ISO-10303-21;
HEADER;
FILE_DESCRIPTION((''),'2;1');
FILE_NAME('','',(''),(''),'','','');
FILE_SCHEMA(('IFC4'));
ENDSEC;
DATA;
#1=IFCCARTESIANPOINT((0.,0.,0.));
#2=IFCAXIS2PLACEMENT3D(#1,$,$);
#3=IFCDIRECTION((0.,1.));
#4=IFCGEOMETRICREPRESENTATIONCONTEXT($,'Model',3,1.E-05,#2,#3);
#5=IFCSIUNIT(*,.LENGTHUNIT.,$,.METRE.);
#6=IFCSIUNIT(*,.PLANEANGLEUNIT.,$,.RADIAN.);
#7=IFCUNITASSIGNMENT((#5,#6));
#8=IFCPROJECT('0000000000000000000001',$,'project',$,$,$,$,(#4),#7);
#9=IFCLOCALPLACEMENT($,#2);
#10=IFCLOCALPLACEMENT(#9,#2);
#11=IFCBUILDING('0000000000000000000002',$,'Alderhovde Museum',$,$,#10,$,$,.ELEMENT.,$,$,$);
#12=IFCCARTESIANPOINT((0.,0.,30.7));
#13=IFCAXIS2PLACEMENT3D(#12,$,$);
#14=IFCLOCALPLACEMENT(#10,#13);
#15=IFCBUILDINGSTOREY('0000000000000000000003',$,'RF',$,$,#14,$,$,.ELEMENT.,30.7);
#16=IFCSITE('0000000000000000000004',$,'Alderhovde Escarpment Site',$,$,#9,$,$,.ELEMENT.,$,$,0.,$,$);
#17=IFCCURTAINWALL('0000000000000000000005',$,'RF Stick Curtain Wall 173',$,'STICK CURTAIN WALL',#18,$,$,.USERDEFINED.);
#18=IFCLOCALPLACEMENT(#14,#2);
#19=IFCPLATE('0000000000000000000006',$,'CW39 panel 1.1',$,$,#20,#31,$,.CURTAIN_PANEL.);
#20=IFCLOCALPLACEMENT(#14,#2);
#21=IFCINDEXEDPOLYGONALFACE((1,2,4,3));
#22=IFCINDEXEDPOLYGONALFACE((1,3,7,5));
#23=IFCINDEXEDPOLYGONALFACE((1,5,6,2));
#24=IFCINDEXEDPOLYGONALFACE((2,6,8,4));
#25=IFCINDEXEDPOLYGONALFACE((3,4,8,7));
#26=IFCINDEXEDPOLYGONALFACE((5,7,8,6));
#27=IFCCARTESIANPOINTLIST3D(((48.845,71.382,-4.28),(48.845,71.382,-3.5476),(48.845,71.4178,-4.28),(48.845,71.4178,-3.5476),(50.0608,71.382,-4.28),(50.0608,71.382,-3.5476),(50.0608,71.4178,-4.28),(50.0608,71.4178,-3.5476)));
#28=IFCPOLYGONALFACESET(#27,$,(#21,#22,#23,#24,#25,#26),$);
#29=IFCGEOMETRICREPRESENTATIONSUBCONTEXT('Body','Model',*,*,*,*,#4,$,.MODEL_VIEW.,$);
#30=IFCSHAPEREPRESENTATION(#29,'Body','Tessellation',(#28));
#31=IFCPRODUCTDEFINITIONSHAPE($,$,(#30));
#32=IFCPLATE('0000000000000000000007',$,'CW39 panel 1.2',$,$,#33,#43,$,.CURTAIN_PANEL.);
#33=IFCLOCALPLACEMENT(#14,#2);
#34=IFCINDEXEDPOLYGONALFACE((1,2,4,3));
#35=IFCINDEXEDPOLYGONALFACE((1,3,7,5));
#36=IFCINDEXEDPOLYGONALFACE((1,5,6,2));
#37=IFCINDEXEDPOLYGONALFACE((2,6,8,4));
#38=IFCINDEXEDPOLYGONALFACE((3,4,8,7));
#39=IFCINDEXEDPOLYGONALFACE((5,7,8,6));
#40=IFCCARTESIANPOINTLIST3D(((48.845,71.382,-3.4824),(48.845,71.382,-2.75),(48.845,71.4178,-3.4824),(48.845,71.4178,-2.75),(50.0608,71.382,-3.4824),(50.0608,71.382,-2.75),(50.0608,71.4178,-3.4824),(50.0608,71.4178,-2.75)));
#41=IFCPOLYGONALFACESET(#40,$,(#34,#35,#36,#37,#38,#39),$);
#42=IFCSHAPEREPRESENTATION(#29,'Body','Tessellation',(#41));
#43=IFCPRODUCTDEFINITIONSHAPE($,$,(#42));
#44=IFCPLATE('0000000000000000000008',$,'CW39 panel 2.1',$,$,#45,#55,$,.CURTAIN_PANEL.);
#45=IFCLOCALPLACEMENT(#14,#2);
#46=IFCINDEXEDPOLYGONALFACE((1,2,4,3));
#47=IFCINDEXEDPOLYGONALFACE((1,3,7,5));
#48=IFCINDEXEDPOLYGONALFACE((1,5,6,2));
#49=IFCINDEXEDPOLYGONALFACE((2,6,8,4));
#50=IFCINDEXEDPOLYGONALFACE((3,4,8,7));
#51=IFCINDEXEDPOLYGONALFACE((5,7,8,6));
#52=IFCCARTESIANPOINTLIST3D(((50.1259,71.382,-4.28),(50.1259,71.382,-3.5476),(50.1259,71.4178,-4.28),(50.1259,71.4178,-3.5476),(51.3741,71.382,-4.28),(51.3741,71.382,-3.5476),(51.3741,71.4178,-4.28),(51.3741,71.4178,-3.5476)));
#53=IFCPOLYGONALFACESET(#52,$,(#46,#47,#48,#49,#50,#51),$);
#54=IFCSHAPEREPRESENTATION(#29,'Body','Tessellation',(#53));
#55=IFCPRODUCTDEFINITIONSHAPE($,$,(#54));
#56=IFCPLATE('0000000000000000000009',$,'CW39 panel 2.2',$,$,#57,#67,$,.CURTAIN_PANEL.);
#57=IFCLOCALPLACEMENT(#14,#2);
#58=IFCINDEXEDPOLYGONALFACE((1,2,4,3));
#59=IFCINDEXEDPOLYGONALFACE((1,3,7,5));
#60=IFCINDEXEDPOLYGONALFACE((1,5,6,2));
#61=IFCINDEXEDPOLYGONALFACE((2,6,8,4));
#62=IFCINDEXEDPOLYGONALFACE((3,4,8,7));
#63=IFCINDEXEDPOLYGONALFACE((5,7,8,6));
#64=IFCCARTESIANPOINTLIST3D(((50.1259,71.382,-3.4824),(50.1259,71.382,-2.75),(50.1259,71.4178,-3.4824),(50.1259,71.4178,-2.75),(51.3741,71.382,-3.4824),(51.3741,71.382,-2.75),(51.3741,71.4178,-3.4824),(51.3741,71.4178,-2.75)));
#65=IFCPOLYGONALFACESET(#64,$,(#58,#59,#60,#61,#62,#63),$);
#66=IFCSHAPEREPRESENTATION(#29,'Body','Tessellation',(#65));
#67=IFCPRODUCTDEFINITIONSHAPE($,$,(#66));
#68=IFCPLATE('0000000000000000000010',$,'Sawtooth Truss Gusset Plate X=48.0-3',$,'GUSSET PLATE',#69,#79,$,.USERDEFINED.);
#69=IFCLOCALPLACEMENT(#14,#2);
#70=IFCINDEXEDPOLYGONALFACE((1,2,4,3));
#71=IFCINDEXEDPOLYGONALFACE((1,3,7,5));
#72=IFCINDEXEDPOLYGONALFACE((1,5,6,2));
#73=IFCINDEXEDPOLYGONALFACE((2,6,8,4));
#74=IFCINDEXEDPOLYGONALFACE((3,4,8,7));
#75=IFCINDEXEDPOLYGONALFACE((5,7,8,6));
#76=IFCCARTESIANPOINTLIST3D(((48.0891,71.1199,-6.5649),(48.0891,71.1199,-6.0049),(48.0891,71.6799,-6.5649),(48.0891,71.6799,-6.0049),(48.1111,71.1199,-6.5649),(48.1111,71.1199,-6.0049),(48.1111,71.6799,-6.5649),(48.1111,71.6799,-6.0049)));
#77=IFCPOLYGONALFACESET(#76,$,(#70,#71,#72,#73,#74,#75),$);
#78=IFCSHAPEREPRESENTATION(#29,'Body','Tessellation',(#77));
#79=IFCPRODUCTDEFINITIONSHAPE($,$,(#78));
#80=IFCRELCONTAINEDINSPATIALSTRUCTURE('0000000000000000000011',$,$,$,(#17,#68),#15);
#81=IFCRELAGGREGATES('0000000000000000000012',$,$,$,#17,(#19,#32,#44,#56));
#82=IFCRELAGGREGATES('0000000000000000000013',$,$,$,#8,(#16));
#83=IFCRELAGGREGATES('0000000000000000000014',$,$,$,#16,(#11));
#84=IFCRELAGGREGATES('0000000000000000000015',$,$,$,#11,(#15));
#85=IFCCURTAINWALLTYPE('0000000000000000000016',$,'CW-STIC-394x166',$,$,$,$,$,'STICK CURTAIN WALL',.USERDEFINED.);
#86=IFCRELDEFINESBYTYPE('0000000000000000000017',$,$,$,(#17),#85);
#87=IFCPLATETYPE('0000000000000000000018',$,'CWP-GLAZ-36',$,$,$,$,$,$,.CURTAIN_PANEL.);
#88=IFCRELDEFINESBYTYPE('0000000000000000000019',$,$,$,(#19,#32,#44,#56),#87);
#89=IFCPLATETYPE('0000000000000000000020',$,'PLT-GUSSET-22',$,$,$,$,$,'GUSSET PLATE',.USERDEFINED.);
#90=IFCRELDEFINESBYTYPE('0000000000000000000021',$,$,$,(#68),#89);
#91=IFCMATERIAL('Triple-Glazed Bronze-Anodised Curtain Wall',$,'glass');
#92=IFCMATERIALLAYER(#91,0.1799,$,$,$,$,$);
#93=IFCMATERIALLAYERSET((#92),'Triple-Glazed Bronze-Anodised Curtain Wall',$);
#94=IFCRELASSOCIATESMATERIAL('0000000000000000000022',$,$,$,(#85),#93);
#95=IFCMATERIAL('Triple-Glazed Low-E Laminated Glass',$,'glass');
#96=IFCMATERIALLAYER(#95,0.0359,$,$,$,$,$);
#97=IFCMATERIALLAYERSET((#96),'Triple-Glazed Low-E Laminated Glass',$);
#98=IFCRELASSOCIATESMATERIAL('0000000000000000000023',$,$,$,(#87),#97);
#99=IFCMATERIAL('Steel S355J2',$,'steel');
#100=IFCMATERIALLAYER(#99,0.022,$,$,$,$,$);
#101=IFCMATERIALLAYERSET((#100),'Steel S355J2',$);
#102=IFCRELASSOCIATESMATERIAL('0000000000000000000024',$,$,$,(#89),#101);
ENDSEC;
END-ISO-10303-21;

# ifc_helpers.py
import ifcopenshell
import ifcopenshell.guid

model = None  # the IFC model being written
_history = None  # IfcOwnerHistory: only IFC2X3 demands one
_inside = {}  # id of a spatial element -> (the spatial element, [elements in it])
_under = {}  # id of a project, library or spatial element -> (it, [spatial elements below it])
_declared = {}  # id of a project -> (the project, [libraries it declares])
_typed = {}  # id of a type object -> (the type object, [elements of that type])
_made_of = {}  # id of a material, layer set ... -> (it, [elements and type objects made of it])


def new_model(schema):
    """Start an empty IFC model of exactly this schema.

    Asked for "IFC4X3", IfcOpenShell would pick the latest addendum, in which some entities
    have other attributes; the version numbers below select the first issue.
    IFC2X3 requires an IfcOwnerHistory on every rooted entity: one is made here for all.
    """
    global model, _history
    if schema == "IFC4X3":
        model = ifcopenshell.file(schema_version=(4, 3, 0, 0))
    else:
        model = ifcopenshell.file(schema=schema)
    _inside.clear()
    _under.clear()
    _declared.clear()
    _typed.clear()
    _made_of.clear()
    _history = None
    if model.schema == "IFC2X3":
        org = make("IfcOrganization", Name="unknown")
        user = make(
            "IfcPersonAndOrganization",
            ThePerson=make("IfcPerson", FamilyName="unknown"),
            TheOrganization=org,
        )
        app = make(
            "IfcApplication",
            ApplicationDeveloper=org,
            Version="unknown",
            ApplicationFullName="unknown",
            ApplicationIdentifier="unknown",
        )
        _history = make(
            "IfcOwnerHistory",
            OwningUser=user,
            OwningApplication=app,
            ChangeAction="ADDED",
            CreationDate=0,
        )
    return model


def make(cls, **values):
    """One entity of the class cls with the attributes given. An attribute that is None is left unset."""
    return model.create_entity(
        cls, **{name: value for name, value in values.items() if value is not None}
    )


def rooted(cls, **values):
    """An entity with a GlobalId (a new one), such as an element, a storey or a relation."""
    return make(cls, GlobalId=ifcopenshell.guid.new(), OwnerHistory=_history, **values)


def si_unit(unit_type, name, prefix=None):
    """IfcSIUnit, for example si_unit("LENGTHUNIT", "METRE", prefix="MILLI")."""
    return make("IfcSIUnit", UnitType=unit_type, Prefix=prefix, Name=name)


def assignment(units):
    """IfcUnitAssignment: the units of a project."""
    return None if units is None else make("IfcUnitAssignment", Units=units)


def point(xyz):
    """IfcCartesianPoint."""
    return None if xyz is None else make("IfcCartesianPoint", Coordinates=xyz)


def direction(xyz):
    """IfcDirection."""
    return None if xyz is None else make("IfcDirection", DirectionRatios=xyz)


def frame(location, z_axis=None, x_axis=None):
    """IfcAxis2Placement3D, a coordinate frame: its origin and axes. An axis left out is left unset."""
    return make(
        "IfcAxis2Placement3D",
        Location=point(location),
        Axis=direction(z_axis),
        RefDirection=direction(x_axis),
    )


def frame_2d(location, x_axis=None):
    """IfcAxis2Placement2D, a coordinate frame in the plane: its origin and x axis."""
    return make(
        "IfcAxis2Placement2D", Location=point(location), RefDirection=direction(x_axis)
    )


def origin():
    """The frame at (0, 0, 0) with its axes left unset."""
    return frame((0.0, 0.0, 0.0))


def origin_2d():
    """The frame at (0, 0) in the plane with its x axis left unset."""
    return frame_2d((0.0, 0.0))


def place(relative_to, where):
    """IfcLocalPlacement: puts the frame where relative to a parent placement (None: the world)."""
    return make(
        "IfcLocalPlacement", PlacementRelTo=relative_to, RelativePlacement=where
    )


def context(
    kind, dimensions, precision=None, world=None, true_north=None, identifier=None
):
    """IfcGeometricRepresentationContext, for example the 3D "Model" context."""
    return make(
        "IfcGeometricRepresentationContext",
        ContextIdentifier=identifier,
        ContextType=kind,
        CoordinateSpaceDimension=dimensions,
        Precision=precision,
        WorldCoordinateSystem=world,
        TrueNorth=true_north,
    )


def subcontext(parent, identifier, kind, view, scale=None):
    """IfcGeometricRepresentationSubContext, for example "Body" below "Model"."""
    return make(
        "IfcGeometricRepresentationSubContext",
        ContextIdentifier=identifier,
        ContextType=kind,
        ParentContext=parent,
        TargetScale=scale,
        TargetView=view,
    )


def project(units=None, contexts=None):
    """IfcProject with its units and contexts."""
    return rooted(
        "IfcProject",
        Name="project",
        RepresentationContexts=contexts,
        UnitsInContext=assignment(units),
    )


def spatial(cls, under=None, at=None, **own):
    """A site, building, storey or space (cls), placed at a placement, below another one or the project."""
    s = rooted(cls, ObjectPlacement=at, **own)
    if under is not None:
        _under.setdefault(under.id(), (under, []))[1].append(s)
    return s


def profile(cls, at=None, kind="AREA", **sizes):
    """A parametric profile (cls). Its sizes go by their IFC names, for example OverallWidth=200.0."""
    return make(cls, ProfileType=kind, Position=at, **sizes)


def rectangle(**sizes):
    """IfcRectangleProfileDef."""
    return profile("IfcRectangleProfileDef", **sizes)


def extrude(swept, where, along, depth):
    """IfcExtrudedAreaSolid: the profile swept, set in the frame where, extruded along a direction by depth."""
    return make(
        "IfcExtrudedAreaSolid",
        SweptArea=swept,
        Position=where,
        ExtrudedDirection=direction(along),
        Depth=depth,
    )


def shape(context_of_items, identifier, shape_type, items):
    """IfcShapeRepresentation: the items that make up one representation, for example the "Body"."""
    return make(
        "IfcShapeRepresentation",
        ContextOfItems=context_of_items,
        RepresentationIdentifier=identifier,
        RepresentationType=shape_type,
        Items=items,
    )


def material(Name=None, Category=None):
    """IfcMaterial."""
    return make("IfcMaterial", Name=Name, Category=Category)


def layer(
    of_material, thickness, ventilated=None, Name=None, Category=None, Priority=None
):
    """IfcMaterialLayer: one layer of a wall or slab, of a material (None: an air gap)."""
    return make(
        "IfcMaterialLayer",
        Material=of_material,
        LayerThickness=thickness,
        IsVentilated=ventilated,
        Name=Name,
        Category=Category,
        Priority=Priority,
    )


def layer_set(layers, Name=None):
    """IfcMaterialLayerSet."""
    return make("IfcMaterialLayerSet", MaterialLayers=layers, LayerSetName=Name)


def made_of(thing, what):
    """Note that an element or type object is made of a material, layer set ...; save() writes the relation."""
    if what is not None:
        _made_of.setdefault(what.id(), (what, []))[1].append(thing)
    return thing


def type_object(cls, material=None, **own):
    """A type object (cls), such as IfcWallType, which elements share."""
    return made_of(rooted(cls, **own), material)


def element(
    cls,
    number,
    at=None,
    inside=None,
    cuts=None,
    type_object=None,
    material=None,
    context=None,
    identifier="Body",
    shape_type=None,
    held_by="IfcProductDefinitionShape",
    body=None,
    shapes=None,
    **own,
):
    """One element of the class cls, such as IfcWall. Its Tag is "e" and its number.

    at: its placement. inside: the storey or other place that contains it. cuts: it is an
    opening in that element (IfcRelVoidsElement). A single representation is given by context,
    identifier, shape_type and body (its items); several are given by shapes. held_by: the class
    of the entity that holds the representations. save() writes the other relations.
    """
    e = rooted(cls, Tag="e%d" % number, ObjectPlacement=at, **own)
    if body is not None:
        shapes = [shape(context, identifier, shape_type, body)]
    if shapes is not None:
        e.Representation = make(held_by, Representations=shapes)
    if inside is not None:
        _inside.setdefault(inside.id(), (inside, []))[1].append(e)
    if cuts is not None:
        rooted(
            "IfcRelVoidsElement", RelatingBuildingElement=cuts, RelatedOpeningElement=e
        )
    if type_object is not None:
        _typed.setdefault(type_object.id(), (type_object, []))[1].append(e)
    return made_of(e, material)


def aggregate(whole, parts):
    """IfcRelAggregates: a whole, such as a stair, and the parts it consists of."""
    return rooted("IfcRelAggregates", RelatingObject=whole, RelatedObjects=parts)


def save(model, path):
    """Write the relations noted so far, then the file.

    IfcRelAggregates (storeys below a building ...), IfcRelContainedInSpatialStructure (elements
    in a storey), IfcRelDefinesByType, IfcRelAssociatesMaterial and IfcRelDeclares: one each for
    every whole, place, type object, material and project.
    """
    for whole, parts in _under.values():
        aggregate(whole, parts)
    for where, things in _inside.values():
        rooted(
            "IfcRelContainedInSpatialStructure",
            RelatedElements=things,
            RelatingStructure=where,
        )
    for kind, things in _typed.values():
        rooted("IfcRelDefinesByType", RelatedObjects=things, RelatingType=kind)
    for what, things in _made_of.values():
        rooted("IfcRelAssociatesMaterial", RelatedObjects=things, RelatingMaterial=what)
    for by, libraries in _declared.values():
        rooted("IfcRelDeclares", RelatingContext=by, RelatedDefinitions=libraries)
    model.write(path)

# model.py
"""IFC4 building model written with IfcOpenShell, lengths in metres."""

from ifc_helpers import new_model, si_unit, direction, frame, origin, origin_2d, place, context, subcontext, project, spatial, rectangle, extrude, material, layer, layer_set, type_object, element, aggregate, save


model = new_model("IFC4")

# Units and contexts
model_context = context("Model", 3, precision=1e-05, world=origin(), true_north=direction((0.0, 1.0)))
body_context = subcontext(model_context, "Body", "Model", "MODEL_VIEW")
ifc_project = project(units=[si_unit("LENGTHUNIT", "METRE"), si_unit("PLANEANGLEUNIT", "RADIAN")], contexts=[model_context])

# Site, building, storey
site_placement = place(None, origin())
site = spatial("IfcSite", under=ifc_project, at=site_placement, Name="Alderhovde Escarpment Site", CompositionType="ELEMENT", RefElevation=0.0)
building_placement = place(site_placement, origin())
building = spatial("IfcBuilding", under=site, at=building_placement, Name="Alderhovde Museum", CompositionType="ELEMENT")
storey_placement = place(building_placement, frame((0.0, 0.0, 30.7)))
storey = spatial("IfcBuildingStorey", under=building, at=storey_placement, Name="RF", CompositionType="ELEMENT", Elevation=30.7)

# Curtain wall
ifc_material_1 = material(Name="Triple-Glazed Bronze-Anodised Curtain Wall", Category="glass")
ifc_layer_1 = layer(ifc_material_1, 0.1799)
ifc_layer_set_1 = layer_set([ifc_layer_1], Name="Triple-Glazed Bronze-Anodised Curtain Wall")
curtain_wall_type = type_object("IfcCurtainWallType", Name="CW-STIC-394x166", ElementType="STICK CURTAIN WALL", PredefinedType="USERDEFINED", material=ifc_layer_set_1)
curtain_wall_1_placement = place(storey_placement, origin())
curtain_wall_1 = element("IfcCurtainWall", 1, at=curtain_wall_1_placement, inside=storey, type_object=curtain_wall_type, Name="RF Stick Curtain Wall 173", ObjectType="STICK CURTAIN WALL", PredefinedType="USERDEFINED")

# Plates
ifc_material_2 = material(Name="Triple-Glazed Low-E Laminated Glass", Category="glass")
ifc_layer_2 = layer(ifc_material_2, 0.0359)
ifc_layer_set_2 = layer_set([ifc_layer_2], Name="Triple-Glazed Low-E Laminated Glass")
plate_type_1 = type_object("IfcPlateType", Name="CWP-GLAZ-36", PredefinedType="CURTAIN_PANEL", material=ifc_layer_set_2)
plate_1_placement = place(storey_placement, frame((49.4529, 71.3999, -4.28), z_axis=(0.0, 0.0, 1.0), x_axis=(1.0, 0.0, 0.0)))
plate_1 = element("IfcPlate", 2, at=plate_1_placement, type_object=plate_type_1, Name="CW39 panel 1.1", PredefinedType="CURTAIN_PANEL", context=body_context, shape_type="SweptSolid", body=[
    extrude(rectangle(XDim=1.2158, YDim=0.0359, at=origin_2d()), origin(), (0.0, 0.0, 1.0), 0.7324),
])
plate_2_placement = place(storey_placement, frame((49.4529, 71.3999, -3.4824), z_axis=(0.0, 0.0, 1.0), x_axis=(1.0, 0.0, 0.0)))
plate_2 = element("IfcPlate", 3, at=plate_2_placement, type_object=plate_type_1, Name="CW39 panel 1.2", PredefinedType="CURTAIN_PANEL", context=body_context, shape_type="SweptSolid", body=[
    extrude(rectangle(XDim=1.2158, YDim=0.0359, at=origin_2d()), origin(), (0.0, 0.0, 1.0), 0.7324),
])
plate_3_placement = place(storey_placement, frame((50.75, 71.3999, -4.28), z_axis=(0.0, 0.0, 1.0), x_axis=(1.0, 0.0, 0.0)))
plate_3 = element("IfcPlate", 4, at=plate_3_placement, type_object=plate_type_1, Name="CW39 panel 2.1", PredefinedType="CURTAIN_PANEL", context=body_context, shape_type="SweptSolid", body=[
    extrude(rectangle(XDim=1.2483, YDim=0.0359, at=origin_2d()), origin(), (0.0, 0.0, 1.0), 0.7324),
])
plate_4_placement = place(storey_placement, frame((50.75, 71.3999, -3.4824), z_axis=(0.0, 0.0, 1.0), x_axis=(1.0, 0.0, 0.0)))
plate_4 = element("IfcPlate", 5, at=plate_4_placement, type_object=plate_type_1, Name="CW39 panel 2.2", PredefinedType="CURTAIN_PANEL", context=body_context, shape_type="SweptSolid", body=[
    extrude(rectangle(XDim=1.2483, YDim=0.0359, at=origin_2d()), origin(), (0.0, 0.0, 1.0), 0.7324),
])
aggregate(curtain_wall_1, [plate_1, plate_2, plate_3, plate_4])
ifc_material_3 = material(Name="Steel S355J2", Category="steel")
ifc_layer_3 = layer(ifc_material_3, 0.022)
ifc_layer_set_3 = layer_set([ifc_layer_3], Name="Steel S355J2")
plate_type_2 = type_object("IfcPlateType", Name="PLT-GUSSET-22", ElementType="GUSSET PLATE", PredefinedType="USERDEFINED", material=ifc_layer_set_3)
plate_5_placement = place(storey_placement, frame((48.1001, 71.3999, -6.5649), z_axis=(0.0, 0.0, 1.0), x_axis=(1.0, 0.0, 0.0)))
element("IfcPlate", 6, at=plate_5_placement, inside=storey, type_object=plate_type_2, Name="Sawtooth Truss Gusset Plate X=48.0-3", ObjectType="GUSSET PLATE", PredefinedType="USERDEFINED", context=body_context, shape_type="SweptSolid", body=[
    extrude(rectangle(XDim=0.022, YDim=0.5601, at=origin_2d()), origin(), (0.0, 0.0, 1.0), 0.5601),
])

save(model, "model.ifc")
